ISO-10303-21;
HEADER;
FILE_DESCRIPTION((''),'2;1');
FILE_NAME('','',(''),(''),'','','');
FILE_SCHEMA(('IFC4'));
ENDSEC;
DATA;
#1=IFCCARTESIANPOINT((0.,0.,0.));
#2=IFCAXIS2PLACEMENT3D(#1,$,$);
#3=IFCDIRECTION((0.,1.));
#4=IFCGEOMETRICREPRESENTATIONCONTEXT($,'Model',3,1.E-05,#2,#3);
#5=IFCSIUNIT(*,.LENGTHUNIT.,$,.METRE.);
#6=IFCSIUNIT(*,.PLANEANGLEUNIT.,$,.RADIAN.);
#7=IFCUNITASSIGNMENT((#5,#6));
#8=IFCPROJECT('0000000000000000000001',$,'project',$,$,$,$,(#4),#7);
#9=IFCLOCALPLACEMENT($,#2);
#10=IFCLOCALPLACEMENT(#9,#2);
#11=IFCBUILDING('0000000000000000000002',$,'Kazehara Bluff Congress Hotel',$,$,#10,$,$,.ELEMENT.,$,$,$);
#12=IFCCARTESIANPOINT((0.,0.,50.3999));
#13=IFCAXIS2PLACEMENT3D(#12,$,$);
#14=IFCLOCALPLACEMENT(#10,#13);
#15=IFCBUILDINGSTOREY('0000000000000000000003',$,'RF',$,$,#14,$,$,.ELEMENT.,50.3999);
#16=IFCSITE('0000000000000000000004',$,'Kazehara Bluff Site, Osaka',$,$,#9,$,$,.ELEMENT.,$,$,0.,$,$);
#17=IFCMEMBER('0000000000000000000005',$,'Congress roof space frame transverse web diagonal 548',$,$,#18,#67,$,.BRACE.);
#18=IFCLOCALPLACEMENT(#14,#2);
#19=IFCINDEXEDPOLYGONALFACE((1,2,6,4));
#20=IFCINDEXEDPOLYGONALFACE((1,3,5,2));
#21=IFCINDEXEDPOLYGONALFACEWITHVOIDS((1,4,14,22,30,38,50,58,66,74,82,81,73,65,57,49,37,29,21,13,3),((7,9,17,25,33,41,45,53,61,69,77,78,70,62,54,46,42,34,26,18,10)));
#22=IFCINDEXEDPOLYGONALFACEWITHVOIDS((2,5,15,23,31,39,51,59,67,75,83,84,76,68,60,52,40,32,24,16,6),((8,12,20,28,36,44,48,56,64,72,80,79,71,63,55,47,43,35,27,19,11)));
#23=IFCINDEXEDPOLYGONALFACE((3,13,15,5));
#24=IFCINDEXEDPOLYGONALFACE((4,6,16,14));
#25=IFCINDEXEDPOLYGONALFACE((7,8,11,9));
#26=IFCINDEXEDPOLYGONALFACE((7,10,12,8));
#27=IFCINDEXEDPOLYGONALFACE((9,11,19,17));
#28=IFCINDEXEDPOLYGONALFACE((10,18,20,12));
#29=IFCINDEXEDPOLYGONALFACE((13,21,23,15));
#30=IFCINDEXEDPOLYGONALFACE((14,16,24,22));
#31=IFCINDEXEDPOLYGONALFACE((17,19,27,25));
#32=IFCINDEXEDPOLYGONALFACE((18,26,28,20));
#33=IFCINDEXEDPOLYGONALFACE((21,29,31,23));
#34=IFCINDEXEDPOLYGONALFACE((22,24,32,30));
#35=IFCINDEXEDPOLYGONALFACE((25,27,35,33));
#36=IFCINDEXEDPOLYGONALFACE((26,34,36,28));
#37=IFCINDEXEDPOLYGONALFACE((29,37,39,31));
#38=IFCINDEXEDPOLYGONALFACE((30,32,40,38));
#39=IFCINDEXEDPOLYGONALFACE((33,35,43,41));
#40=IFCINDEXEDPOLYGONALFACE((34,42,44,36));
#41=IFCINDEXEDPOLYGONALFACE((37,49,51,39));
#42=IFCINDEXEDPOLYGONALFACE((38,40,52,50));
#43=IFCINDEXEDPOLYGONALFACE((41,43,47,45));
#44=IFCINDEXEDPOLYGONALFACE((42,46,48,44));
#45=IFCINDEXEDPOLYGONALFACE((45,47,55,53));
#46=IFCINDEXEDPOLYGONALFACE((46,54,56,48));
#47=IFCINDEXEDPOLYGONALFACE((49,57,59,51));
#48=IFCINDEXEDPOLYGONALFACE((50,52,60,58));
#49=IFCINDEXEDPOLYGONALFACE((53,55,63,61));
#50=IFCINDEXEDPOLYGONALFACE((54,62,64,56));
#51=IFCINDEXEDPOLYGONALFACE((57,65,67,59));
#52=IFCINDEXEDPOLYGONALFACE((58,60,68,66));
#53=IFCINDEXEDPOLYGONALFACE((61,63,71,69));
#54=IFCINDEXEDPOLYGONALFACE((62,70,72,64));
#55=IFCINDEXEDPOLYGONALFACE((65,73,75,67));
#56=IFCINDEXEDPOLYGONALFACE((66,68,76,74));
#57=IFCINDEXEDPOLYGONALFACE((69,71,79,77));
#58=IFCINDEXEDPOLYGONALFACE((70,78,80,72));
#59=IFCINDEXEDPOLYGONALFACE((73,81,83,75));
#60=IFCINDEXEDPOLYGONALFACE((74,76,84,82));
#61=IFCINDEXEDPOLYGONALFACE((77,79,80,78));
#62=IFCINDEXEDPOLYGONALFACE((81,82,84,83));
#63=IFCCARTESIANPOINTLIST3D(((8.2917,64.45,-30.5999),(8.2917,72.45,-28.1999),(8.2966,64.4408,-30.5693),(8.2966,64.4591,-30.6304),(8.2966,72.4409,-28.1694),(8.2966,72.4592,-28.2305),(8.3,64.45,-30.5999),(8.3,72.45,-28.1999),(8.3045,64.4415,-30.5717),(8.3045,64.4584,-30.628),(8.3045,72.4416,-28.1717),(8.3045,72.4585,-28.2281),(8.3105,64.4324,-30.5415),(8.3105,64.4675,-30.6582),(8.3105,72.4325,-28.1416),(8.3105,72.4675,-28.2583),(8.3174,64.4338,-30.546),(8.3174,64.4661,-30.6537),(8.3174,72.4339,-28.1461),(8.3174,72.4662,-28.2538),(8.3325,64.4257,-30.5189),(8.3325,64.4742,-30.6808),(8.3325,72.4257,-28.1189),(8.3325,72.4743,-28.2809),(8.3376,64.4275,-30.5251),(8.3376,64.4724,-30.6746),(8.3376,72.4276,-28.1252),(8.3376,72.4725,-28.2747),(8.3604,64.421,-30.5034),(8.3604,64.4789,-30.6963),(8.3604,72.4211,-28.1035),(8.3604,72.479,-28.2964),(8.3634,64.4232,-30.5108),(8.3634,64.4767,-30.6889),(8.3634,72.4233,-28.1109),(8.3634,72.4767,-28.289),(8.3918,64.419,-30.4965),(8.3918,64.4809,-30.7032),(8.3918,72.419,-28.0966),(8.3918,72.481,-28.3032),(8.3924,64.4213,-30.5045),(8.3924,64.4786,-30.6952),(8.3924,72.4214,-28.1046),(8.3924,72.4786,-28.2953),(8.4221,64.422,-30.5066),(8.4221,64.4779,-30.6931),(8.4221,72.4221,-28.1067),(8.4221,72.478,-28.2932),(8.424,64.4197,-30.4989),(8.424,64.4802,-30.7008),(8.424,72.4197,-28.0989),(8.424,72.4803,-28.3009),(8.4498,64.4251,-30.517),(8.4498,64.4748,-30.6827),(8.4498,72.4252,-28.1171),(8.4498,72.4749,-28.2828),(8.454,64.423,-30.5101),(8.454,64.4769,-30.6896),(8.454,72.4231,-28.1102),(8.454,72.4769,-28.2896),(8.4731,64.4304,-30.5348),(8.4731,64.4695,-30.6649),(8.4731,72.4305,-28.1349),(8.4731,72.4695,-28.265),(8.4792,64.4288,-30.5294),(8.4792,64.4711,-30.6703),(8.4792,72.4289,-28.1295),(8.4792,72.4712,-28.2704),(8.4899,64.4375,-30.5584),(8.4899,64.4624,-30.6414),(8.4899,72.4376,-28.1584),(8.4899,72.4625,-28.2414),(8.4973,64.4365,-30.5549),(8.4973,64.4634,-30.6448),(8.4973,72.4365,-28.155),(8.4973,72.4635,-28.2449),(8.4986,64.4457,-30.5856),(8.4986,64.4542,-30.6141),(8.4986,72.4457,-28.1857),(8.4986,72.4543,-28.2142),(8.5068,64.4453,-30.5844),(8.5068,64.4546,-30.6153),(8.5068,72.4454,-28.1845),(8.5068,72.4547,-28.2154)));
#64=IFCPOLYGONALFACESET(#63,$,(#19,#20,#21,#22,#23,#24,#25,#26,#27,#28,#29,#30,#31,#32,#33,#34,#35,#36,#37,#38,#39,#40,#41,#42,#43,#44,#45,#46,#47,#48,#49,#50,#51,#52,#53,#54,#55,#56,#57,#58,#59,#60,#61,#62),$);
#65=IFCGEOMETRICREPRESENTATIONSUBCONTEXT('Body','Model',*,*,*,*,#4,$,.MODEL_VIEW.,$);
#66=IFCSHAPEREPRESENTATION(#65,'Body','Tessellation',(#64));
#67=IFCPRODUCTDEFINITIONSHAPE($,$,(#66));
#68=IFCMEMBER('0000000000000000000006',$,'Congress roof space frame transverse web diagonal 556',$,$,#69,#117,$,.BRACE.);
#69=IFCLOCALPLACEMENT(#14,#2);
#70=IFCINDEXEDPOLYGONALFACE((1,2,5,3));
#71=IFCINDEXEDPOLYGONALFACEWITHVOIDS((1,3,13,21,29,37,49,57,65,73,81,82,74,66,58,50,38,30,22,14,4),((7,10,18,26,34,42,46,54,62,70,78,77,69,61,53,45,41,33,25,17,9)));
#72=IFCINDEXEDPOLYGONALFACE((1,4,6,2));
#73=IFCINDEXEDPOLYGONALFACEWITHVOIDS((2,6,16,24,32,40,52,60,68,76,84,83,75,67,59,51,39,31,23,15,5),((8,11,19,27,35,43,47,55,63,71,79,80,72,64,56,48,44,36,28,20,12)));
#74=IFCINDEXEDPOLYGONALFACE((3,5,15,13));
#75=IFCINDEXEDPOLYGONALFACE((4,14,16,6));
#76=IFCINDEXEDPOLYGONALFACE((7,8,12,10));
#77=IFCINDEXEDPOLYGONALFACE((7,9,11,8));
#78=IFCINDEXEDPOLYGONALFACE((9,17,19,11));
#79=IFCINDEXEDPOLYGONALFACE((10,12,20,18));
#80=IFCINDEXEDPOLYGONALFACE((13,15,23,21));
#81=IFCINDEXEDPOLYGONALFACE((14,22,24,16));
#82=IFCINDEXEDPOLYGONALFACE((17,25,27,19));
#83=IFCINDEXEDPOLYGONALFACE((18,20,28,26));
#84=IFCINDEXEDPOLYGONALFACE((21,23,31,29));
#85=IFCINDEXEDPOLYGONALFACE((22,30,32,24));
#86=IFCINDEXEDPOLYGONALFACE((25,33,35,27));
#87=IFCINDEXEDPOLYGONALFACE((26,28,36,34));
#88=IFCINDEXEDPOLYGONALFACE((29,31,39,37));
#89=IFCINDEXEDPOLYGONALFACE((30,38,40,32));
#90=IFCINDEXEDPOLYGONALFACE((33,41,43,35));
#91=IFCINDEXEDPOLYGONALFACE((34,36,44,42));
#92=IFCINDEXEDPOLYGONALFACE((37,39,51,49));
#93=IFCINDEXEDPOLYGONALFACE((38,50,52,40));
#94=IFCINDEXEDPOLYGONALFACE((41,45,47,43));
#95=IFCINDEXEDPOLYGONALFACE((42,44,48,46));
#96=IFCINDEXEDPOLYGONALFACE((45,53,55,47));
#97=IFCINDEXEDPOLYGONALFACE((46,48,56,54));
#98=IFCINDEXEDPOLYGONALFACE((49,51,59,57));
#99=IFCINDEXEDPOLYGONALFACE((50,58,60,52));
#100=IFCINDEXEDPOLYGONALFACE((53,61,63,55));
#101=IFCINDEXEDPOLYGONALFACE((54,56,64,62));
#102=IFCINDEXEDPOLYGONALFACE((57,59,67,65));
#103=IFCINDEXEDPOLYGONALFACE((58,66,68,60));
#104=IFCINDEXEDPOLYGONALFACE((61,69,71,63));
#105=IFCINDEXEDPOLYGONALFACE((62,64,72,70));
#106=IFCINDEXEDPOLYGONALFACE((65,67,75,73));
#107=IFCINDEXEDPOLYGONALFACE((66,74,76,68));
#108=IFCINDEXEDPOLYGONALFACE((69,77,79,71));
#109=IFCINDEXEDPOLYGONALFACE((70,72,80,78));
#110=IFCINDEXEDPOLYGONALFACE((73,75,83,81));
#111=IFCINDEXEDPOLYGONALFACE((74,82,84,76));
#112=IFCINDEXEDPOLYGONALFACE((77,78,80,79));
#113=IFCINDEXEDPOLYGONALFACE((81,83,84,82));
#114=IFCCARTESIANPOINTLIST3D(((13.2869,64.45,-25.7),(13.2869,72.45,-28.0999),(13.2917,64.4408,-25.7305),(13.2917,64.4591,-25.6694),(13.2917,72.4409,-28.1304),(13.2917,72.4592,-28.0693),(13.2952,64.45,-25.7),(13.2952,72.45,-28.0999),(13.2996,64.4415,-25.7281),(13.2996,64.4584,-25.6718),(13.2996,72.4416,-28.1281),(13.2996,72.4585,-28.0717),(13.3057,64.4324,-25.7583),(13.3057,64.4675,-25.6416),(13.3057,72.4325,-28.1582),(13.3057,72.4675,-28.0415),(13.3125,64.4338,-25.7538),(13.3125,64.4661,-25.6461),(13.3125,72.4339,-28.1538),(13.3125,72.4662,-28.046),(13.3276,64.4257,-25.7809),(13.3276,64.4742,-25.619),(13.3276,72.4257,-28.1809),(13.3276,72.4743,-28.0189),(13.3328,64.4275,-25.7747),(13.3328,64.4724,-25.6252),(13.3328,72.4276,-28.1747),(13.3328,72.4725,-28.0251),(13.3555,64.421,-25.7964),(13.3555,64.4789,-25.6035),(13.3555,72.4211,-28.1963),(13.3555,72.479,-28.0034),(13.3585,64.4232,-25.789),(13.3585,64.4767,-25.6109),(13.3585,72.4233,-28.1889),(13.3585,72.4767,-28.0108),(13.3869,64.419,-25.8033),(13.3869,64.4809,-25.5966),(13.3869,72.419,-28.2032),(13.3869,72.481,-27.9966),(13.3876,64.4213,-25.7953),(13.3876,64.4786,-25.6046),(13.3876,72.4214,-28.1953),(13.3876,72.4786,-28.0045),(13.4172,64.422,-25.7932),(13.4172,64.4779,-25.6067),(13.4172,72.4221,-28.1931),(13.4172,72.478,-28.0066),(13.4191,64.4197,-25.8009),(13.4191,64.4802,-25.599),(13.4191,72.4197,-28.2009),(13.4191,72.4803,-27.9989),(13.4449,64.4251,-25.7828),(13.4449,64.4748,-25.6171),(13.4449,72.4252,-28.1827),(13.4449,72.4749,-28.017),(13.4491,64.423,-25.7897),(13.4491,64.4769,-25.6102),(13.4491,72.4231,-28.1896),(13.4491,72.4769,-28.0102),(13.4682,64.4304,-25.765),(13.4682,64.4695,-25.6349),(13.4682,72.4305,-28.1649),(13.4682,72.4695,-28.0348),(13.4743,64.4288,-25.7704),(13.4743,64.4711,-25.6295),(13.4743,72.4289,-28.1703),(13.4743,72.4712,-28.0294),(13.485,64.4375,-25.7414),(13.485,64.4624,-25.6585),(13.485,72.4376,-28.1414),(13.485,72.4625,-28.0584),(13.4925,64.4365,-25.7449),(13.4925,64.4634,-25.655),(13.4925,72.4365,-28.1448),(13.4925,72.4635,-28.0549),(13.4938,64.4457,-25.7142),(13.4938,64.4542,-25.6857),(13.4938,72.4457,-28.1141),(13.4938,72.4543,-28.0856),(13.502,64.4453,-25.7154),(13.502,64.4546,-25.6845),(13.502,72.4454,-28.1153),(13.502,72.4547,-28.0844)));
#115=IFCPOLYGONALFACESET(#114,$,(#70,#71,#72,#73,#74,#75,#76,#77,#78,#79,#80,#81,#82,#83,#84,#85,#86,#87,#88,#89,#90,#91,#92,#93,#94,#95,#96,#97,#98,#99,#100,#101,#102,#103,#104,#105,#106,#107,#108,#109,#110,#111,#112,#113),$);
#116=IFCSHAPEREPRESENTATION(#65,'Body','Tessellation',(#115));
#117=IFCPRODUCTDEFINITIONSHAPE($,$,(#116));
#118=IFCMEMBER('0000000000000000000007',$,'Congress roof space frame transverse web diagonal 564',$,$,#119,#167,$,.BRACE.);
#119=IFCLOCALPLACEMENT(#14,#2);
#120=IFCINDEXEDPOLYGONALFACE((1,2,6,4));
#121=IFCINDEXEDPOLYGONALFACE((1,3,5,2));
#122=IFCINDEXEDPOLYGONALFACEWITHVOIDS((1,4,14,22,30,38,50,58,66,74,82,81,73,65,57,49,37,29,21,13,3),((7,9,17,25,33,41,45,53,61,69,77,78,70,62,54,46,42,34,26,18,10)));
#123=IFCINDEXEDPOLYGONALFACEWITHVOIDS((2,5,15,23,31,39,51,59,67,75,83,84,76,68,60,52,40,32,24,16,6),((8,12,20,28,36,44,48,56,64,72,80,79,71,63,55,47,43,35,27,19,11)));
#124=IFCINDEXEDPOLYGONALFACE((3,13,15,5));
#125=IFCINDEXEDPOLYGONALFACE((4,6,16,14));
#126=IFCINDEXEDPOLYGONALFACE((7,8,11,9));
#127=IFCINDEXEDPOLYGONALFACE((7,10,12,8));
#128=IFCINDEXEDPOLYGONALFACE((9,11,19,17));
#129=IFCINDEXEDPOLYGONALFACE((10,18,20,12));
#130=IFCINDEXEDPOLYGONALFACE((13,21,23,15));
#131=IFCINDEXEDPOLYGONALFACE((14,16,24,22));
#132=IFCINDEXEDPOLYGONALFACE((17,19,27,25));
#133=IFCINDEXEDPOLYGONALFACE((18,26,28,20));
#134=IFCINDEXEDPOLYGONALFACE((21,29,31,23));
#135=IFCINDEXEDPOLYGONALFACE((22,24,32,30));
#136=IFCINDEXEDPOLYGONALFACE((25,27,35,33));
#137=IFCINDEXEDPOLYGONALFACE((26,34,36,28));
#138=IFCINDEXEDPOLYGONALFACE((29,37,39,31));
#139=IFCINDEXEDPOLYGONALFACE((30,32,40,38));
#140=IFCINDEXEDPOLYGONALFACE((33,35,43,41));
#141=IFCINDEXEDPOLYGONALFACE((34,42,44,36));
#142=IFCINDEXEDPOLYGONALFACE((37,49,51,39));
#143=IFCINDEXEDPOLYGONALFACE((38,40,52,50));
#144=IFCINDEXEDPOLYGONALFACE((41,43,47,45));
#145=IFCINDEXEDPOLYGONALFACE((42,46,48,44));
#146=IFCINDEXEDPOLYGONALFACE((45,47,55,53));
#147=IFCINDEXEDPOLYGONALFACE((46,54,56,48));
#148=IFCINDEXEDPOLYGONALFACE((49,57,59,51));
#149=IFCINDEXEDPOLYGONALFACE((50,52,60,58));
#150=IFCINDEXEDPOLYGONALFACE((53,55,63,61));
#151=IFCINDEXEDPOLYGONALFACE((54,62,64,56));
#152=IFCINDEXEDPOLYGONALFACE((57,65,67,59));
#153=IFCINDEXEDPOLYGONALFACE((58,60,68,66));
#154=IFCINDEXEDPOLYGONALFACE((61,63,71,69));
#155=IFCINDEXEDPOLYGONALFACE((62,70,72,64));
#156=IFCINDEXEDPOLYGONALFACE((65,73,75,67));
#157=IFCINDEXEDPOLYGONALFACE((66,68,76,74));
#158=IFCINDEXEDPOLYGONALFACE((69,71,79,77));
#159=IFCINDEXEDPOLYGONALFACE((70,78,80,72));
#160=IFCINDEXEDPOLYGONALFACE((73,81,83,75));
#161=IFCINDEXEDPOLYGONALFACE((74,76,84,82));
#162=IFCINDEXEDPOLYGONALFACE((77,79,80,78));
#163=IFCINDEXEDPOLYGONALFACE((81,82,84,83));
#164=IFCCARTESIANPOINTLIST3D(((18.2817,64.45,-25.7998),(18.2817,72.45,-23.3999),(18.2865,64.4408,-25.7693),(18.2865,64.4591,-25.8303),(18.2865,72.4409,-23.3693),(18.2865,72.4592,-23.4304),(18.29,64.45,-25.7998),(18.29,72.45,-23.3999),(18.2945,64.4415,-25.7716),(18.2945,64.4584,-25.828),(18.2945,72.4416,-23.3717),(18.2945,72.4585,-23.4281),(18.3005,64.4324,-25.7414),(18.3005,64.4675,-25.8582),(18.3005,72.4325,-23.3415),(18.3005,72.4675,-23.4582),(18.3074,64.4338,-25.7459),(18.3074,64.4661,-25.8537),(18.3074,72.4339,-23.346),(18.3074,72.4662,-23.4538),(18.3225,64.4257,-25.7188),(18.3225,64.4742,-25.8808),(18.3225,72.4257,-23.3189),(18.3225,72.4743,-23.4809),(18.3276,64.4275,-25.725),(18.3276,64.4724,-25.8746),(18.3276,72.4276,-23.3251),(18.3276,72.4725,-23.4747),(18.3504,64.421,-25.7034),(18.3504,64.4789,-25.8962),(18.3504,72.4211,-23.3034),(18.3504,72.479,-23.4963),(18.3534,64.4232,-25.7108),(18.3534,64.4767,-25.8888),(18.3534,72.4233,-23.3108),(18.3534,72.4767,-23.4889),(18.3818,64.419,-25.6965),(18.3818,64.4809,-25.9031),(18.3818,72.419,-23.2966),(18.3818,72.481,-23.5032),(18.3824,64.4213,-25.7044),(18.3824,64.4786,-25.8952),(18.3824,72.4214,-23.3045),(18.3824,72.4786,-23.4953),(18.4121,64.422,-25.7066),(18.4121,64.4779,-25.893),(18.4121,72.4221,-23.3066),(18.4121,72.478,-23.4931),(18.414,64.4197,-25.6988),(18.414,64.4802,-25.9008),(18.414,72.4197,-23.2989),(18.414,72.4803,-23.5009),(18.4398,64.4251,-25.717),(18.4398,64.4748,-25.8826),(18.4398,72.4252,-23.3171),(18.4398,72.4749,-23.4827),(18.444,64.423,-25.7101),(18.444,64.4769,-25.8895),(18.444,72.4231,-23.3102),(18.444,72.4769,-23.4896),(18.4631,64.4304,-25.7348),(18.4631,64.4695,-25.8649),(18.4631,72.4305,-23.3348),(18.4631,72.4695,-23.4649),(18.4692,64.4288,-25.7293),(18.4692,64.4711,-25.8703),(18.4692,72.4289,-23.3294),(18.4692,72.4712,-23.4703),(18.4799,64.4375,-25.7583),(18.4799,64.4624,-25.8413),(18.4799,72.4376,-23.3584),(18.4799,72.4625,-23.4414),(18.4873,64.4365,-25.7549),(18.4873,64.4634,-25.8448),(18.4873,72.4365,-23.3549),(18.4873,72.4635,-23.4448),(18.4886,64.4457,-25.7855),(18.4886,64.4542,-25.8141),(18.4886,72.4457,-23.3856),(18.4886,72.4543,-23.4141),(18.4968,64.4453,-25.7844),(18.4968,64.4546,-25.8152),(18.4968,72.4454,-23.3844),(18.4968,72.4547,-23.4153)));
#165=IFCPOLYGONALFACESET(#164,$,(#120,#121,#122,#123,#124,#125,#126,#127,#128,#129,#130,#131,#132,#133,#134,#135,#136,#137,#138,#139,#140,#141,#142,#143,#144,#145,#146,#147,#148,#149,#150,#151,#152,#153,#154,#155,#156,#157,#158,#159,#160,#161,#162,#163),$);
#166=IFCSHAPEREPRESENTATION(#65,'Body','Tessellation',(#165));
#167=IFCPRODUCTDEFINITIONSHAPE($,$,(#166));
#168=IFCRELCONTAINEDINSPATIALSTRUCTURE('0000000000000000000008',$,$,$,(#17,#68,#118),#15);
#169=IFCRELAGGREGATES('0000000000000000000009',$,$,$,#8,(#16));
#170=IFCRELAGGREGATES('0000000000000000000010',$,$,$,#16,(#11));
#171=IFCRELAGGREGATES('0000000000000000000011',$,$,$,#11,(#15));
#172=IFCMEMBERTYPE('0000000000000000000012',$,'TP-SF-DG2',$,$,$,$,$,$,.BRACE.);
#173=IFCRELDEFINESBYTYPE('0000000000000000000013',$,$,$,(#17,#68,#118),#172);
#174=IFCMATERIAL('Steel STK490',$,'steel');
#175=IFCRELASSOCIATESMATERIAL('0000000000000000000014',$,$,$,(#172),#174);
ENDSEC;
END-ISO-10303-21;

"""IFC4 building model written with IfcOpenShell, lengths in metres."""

from ifc_helpers import new_model, si_unit, direction, frame, origin, origin_2d, place, context, subcontext, project, spatial, hollow_circle, extrude, material, material_profile, profile_set, type_object, element, save


model = new_model("IFC4")

# Units and contexts
model_context = context("Model", 3, precision=1e-05, world=origin(), true_north=direction((0.0, 1.0)))
body_context = subcontext(model_context, "Body", "Model", "MODEL_VIEW")
ifc_project = project(units=[si_unit("LENGTHUNIT", "METRE"), si_unit("PLANEANGLEUNIT", "RADIAN")], contexts=[model_context])

# Site, building, storey
site_placement = place(None, origin())
site = spatial("IfcSite", under=ifc_project, at=site_placement, Name="Kazehara Bluff Site, Osaka", CompositionType="ELEMENT", RefElevation=0.0)
building_placement = place(site_placement, origin())
building = spatial("IfcBuilding", under=site, at=building_placement, Name="Kazehara Bluff Congress Hotel", CompositionType="ELEMENT")
storey_placement = place(building_placement, frame((0.0, 0.0, 50.3999)))
storey = spatial("IfcBuildingStorey", under=building, at=storey_placement, Name="RF", CompositionType="ELEMENT", Elevation=50.3999)

# Members
ifc_material_1 = material(Name="Steel STK490", Category="steel")
ifc_material_profile_1 = material_profile(ifc_material_1, hollow_circle(Radius=0.1082, WallThickness=0.0083, at=origin_2d()))
ifc_profile_set_1 = profile_set([ifc_material_profile_1], Name="Steel STK490")
member_type_1 = type_object("IfcMemberType", Name="TP-SF-DG2", PredefinedType="BRACE", material=ifc_profile_set_1)
for number, where, z_axis, x_axis, name in (
    (1, (8.3999, 64.45, -30.5999), (0.0, 0.95783, 0.287337), (-1.0, 0.0, 0.0), "Congress roof space frame transverse web diagonal 548"),
    (2, (13.395, 64.45, -25.7), (0.0, 0.95783, -0.287337), (-1.0, 0.0, 0.0), "Congress roof space frame transverse web diagonal 556"),
    (3, (18.3899, 64.45, -25.7998), (0.0, 0.95783, 0.287337), (-1.0, 0.0, 0.0), "Congress roof space frame transverse web diagonal 564"),
):
    element("IfcMember", number, at=place(storey_placement, frame(where, z_axis=z_axis, x_axis=x_axis)), inside=storey, type_object=member_type_1, Name=name, PredefinedType="BRACE", context=body_context, shape_type="SweptSolid", body=[
        extrude(hollow_circle(Radius=0.1082, WallThickness=0.0083, at=origin_2d()), origin(), (0.0, 0.0, 1.0), 8.3523),
    ])

save(model, "model.ifc")
